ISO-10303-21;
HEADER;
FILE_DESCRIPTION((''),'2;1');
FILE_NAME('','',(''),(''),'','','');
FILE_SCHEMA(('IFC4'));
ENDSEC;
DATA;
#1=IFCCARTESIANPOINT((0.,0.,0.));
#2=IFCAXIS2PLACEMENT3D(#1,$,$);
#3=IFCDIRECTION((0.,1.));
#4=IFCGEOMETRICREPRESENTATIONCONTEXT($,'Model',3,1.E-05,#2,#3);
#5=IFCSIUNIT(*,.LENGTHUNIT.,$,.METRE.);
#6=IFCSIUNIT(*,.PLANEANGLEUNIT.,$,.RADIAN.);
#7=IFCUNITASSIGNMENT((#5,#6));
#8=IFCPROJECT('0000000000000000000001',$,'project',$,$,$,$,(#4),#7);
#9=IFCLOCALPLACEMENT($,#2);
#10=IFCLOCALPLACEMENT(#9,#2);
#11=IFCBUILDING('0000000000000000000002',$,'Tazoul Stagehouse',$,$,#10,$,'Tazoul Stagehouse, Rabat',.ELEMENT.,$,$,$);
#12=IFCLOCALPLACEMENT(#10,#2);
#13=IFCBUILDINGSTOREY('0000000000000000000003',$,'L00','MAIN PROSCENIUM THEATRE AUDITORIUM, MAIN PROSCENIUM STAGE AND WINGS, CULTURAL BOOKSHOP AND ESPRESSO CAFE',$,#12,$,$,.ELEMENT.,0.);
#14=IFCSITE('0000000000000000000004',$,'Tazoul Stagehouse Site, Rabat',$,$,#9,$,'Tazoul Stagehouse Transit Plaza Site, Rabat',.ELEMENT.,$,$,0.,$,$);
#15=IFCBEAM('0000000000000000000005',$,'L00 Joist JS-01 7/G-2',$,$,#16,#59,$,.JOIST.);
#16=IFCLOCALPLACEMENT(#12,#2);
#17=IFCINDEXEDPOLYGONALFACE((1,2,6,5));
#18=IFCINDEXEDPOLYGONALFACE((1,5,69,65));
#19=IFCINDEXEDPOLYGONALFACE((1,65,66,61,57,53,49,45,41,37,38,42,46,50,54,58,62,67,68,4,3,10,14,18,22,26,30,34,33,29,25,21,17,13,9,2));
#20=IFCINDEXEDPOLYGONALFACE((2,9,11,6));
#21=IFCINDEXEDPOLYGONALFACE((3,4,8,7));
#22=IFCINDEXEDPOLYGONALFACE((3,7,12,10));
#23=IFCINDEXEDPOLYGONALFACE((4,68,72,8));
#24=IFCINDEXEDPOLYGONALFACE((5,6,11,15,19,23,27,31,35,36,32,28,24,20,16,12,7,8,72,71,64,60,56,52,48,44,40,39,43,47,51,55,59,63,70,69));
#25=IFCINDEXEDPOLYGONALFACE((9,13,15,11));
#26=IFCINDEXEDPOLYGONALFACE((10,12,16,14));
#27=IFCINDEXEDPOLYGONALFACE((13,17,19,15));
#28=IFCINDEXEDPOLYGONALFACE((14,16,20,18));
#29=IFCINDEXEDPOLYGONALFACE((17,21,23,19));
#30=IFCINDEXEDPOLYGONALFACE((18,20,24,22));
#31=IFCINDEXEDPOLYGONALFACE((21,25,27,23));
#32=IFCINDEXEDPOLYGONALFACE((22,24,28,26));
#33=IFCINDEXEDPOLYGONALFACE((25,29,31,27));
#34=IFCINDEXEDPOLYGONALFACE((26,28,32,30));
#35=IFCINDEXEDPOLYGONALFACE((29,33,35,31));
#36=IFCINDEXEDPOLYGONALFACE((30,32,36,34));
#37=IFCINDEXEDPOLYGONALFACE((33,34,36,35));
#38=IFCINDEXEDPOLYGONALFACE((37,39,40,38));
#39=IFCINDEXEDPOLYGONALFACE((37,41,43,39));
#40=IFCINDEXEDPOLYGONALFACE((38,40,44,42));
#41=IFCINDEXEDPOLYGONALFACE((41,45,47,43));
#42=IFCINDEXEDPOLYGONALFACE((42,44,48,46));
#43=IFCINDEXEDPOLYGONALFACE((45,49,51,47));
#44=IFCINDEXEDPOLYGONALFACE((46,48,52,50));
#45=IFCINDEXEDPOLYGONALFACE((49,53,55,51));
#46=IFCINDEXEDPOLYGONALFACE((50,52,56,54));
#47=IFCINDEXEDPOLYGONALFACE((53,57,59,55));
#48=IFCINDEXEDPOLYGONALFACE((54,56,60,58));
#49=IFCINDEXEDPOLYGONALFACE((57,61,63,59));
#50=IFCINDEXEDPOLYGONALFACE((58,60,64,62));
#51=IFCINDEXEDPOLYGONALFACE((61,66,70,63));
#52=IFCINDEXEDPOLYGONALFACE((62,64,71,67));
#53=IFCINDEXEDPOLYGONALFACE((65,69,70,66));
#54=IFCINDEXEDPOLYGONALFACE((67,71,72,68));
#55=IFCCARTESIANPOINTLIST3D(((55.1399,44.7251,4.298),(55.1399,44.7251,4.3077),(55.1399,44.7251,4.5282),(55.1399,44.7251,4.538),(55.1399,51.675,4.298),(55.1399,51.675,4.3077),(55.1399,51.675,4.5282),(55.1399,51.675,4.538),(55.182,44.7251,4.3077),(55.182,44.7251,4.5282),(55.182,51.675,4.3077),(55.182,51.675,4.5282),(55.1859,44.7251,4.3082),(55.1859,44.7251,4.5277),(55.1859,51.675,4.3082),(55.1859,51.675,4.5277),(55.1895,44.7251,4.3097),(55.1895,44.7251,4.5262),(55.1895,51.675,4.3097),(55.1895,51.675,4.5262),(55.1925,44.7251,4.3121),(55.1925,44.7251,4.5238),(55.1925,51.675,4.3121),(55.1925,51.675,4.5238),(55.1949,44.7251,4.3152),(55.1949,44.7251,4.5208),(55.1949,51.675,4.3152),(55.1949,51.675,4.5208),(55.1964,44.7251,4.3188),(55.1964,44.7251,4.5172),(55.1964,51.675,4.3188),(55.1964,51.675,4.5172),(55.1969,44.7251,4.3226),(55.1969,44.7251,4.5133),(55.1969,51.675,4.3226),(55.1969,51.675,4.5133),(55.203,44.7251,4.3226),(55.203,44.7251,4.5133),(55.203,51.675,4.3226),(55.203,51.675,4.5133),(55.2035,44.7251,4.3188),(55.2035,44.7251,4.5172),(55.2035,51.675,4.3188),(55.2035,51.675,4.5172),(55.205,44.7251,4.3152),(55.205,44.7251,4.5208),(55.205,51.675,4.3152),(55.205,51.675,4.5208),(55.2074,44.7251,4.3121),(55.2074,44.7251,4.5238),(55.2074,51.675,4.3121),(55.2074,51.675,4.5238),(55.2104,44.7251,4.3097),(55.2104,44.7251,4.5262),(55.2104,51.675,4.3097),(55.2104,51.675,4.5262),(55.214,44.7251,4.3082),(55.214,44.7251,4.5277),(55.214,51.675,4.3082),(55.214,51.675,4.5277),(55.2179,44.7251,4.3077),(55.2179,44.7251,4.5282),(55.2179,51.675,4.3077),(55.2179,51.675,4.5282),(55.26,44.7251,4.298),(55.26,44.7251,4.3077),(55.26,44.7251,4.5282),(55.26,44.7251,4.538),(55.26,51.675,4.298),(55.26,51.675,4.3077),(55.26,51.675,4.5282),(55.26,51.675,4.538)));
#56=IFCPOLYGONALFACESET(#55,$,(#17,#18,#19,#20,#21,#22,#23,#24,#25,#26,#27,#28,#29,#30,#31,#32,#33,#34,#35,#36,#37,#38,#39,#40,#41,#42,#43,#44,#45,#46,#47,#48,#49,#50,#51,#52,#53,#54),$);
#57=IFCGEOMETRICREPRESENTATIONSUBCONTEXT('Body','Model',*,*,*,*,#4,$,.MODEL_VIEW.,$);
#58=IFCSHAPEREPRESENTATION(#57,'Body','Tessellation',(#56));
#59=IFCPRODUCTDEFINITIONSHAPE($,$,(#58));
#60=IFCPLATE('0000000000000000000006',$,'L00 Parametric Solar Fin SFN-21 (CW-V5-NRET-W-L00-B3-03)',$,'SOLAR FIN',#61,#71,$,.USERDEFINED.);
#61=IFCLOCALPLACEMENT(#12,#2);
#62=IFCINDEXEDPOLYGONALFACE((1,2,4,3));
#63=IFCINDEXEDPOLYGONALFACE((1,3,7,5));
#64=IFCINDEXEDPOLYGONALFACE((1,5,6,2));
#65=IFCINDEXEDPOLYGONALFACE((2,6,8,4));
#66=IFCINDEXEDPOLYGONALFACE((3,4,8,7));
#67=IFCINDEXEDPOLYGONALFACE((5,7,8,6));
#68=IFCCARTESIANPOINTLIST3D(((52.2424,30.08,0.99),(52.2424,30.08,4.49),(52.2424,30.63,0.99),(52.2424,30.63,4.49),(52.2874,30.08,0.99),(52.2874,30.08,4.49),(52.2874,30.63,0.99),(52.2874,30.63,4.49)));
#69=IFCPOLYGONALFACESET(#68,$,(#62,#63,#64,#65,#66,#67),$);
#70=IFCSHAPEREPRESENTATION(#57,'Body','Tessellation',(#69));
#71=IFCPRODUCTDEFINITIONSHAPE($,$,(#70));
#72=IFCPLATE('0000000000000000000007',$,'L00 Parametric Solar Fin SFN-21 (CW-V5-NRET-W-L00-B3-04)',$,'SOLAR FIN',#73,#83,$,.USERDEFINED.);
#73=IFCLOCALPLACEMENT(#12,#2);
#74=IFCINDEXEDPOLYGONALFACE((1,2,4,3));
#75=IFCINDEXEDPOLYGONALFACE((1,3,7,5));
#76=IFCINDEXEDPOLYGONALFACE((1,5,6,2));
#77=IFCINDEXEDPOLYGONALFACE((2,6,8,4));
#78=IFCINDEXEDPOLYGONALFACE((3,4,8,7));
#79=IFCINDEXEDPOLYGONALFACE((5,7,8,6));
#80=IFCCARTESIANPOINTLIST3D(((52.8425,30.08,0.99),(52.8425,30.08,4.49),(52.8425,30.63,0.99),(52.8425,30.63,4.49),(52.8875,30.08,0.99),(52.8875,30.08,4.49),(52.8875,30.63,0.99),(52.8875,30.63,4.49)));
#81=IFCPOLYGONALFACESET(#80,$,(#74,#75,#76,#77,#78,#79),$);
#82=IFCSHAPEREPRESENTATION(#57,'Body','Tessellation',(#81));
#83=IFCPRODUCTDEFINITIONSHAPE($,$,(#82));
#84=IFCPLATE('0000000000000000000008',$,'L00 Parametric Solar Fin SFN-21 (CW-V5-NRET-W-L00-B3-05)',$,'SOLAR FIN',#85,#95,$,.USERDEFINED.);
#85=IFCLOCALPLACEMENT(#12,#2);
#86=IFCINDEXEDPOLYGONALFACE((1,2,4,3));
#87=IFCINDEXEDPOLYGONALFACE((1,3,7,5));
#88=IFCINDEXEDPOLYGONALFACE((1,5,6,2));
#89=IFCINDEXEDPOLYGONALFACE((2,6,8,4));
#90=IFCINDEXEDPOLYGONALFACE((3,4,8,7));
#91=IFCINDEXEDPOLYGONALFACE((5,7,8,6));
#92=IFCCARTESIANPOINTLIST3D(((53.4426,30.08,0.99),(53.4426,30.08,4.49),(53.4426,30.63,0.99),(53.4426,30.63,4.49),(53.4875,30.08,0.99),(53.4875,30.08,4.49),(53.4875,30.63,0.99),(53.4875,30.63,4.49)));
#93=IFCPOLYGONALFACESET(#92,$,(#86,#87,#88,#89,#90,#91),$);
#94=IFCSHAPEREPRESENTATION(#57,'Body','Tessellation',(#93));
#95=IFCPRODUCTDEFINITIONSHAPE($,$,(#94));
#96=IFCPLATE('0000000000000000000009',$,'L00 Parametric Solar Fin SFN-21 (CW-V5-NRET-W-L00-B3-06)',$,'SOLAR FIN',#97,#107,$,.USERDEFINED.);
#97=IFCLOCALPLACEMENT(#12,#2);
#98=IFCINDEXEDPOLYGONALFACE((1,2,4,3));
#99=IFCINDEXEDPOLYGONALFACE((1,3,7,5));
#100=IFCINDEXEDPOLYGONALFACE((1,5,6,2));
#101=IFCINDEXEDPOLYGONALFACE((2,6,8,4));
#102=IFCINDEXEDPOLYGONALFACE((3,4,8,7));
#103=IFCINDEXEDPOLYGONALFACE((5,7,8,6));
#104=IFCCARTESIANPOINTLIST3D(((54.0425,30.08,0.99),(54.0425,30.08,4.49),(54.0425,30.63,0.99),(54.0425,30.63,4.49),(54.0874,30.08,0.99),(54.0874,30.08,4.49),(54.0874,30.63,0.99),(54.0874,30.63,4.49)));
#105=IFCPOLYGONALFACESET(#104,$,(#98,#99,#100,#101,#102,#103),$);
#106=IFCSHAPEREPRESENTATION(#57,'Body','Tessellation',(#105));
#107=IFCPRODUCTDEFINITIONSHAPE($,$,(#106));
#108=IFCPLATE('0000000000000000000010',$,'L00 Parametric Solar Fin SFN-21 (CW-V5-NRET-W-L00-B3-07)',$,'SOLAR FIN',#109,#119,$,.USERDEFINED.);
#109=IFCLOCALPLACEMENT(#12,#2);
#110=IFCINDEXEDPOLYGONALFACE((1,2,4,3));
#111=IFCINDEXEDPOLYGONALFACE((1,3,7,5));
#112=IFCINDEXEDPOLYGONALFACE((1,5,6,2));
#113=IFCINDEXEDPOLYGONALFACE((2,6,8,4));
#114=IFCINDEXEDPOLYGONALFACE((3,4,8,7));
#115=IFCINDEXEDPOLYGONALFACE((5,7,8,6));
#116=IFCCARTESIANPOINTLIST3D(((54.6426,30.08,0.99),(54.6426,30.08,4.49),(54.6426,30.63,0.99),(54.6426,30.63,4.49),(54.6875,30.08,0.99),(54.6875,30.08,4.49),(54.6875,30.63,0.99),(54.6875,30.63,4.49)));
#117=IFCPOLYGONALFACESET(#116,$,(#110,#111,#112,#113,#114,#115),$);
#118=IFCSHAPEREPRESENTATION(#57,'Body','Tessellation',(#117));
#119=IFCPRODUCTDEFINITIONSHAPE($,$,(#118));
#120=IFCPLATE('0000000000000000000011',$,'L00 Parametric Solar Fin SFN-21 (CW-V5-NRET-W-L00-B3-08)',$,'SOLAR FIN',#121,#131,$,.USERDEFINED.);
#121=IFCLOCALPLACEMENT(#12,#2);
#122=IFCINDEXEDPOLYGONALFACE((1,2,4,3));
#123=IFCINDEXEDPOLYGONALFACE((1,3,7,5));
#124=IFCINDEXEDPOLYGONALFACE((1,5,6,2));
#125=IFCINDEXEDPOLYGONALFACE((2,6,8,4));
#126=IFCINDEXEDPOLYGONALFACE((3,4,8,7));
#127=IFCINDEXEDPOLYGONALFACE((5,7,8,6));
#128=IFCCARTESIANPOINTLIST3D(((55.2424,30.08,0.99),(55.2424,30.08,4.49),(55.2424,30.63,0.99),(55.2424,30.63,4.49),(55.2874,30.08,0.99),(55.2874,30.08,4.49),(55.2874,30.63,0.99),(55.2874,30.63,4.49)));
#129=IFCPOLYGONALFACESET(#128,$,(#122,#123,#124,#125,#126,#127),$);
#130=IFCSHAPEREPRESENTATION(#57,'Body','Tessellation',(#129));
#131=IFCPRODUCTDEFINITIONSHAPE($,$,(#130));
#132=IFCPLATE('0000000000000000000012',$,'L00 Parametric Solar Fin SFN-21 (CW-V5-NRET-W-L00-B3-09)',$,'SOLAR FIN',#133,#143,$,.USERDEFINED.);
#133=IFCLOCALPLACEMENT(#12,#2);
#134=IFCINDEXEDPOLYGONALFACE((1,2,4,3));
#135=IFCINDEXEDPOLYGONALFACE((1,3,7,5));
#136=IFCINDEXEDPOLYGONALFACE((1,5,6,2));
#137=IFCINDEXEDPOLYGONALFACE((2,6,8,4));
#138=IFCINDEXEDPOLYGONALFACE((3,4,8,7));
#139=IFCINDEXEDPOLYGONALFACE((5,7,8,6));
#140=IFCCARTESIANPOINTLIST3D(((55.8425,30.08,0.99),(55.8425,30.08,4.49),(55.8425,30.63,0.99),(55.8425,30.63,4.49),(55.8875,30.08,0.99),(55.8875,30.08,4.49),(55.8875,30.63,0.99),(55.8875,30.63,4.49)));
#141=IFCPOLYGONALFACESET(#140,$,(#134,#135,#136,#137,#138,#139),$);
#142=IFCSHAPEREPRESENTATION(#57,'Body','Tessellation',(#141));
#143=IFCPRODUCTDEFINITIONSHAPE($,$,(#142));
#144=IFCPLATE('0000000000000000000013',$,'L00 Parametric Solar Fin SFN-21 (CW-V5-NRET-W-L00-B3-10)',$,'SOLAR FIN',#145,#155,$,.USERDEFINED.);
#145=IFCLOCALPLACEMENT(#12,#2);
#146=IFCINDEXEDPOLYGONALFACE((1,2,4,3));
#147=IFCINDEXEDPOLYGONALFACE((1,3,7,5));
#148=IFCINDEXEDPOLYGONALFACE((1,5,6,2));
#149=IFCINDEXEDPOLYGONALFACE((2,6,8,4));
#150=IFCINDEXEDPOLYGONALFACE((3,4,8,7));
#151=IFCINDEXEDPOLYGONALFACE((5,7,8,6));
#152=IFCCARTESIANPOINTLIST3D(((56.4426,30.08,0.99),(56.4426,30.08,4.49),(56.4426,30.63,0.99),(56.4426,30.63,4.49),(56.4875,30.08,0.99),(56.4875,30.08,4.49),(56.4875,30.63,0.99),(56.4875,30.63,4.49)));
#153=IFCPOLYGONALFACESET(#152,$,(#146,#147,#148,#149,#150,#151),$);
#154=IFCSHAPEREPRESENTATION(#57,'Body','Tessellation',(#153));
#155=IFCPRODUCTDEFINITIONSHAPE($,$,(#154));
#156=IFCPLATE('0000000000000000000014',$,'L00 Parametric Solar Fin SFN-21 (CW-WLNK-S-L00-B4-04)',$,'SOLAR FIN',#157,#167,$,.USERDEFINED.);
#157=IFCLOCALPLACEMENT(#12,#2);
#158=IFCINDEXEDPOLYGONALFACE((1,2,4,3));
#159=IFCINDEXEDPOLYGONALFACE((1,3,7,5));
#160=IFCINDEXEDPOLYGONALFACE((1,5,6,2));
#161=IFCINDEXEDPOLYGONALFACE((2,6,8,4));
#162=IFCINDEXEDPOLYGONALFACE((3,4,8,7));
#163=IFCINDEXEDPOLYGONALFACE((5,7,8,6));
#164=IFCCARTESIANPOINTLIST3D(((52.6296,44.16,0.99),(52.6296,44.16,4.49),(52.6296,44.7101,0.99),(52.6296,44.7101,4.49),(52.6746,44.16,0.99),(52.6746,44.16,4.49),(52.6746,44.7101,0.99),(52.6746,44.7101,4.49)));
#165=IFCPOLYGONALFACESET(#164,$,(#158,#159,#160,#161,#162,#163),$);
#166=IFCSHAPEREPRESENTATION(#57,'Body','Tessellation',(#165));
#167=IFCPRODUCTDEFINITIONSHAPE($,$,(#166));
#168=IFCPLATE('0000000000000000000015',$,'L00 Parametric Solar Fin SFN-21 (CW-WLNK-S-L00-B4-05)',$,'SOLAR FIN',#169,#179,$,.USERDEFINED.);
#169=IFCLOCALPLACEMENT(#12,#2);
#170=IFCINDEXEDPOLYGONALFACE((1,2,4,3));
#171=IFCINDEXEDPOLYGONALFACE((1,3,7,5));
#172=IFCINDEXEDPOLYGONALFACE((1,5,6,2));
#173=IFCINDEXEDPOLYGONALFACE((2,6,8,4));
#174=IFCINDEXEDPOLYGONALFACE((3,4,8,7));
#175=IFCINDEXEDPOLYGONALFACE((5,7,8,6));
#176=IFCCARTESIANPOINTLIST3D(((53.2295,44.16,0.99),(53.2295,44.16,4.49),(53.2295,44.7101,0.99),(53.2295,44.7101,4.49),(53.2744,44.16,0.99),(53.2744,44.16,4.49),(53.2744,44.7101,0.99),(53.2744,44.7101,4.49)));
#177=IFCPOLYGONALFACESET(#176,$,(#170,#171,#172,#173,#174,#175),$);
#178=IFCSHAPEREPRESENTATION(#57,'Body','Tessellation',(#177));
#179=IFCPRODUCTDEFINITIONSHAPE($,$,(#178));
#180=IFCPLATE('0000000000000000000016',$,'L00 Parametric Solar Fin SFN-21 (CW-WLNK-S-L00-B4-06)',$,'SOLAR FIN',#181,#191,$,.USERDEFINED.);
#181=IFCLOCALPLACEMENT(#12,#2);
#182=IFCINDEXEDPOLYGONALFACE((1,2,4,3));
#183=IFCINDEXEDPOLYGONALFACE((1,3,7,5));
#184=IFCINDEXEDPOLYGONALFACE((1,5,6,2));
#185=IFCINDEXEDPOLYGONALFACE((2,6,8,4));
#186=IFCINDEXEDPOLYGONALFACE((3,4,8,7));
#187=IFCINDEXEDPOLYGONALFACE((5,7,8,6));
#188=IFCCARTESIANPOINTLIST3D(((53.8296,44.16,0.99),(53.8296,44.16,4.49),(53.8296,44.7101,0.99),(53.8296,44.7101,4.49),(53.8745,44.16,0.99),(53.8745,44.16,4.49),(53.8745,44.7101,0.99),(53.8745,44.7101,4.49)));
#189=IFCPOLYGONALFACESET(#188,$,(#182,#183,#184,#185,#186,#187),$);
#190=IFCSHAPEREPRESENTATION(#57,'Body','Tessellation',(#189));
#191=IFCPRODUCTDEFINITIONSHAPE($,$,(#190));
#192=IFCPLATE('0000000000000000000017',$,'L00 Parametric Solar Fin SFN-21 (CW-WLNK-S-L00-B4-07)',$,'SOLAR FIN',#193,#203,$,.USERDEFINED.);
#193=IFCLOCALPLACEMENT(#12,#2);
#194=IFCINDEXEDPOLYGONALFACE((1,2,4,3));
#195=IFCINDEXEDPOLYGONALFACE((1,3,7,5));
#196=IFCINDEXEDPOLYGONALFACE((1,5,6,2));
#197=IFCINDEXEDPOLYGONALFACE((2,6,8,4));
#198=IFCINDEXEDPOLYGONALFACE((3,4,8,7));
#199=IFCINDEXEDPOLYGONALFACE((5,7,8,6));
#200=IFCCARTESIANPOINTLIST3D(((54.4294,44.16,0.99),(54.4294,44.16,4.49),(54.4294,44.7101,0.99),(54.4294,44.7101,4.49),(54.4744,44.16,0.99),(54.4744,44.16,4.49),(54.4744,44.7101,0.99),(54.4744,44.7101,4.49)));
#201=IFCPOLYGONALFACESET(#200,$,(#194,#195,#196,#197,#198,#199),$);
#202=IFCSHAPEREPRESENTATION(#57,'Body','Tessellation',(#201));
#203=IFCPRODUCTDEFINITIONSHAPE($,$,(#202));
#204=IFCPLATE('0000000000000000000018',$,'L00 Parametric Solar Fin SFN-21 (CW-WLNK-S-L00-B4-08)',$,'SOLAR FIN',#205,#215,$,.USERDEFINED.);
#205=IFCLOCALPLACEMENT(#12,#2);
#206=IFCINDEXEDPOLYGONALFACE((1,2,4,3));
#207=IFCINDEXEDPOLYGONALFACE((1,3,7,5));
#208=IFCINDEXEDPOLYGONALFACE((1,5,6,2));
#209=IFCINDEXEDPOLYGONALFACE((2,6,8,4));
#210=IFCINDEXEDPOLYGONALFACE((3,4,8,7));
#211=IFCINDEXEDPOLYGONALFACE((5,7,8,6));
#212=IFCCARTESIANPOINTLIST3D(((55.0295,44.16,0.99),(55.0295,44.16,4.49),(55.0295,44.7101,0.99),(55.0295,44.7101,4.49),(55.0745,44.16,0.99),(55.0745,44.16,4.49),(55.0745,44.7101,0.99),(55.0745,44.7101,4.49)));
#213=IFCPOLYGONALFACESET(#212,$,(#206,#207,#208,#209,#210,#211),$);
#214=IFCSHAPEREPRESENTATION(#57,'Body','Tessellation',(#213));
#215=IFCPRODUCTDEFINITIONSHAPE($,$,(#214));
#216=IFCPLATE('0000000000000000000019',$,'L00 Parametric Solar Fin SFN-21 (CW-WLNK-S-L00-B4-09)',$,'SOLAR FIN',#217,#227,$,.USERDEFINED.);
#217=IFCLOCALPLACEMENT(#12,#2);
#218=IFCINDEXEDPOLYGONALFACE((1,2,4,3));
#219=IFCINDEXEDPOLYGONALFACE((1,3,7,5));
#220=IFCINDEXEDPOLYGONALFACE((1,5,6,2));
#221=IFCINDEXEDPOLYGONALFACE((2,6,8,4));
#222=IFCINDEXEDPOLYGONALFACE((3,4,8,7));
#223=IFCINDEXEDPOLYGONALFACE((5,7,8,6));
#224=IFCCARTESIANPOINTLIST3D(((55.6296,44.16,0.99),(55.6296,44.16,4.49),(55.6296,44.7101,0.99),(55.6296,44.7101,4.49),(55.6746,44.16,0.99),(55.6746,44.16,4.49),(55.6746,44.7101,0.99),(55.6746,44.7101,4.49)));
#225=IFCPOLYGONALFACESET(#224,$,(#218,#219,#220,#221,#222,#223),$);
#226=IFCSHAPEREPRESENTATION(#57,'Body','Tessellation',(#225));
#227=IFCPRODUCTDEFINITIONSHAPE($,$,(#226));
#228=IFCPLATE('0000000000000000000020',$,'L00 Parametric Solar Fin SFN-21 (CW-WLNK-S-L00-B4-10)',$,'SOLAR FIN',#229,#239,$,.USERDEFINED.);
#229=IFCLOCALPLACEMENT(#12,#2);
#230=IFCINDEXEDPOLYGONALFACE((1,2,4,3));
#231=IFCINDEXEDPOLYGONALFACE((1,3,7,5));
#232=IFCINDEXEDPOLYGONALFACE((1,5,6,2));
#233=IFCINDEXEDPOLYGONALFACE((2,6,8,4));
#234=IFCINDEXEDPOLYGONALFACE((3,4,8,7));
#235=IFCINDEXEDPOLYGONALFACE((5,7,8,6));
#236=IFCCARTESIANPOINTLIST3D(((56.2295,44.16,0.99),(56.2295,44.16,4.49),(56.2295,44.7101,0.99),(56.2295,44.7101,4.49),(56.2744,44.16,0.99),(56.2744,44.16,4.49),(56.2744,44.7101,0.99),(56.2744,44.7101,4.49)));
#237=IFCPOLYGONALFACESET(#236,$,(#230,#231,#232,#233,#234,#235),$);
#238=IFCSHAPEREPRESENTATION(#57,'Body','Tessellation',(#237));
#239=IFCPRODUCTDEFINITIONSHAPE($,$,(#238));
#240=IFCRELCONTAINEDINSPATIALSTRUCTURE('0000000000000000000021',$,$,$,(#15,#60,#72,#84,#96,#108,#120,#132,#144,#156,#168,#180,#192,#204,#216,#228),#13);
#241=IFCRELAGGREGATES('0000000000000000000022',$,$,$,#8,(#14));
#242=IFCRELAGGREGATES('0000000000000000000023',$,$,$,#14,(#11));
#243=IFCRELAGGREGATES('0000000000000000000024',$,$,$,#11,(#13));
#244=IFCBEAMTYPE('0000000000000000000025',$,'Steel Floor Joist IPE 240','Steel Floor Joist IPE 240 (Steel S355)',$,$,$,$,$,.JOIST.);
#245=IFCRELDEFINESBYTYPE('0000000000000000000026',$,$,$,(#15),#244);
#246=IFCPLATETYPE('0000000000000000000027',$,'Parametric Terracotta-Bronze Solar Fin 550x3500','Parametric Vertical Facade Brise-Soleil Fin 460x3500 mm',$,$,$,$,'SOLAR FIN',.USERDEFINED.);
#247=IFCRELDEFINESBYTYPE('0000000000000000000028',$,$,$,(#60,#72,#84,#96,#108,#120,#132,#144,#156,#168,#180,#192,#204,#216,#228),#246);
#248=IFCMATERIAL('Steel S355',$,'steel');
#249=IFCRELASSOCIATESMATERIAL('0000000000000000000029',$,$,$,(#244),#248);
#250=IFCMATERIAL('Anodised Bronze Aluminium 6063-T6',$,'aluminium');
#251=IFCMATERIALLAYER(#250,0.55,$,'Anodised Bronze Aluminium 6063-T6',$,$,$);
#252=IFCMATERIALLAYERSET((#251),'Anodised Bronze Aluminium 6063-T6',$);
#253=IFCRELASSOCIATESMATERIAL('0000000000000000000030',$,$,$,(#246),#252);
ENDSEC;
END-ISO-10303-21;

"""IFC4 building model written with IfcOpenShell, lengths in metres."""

from ifc_helpers import new_model, si_unit, direction, frame, origin, origin_2d, place, context, subcontext, project, spatial, rectangle, i_section, extrude, material, layer, layer_set, material_profile, profile_set, type_object, element, save


model = new_model("IFC4")

# Units and contexts
model_context = context("Model", 3, precision=1e-05, world=origin(), true_north=direction((0.0, 1.0)))
body_context = subcontext(model_context, "Body", "Model", "MODEL_VIEW")
ifc_project = project(units=[si_unit("LENGTHUNIT", "METRE"), si_unit("PLANEANGLEUNIT", "RADIAN")], contexts=[model_context])

# Site, building, storey
site_placement = place(None, origin())
site = spatial("IfcSite", under=ifc_project, at=site_placement, Name="Tazoul Stagehouse Site, Rabat", LongName="Tazoul Stagehouse Transit Plaza Site, Rabat", CompositionType="ELEMENT", RefElevation=0.0)
building_placement = place(site_placement, origin())
building = spatial("IfcBuilding", under=site, at=building_placement, Name="Tazoul Stagehouse", LongName="Tazoul Stagehouse, Rabat", CompositionType="ELEMENT")
storey_placement = place(building_placement, origin())
storey = spatial("IfcBuildingStorey", under=building, at=storey_placement, Name="L00", Description="MAIN PROSCENIUM THEATRE AUDITORIUM, MAIN PROSCENIUM STAGE AND WINGS, CULTURAL BOOKSHOP AND ESPRESSO CAFE", CompositionType="ELEMENT", Elevation=0.0)

# Shared definitions
ifc_material_1 = material(Name="Steel S355", Category="steel")

# Beam
ifc_material_profile_1 = material_profile(ifc_material_1, i_section(OverallWidth=0.1201, OverallDepth=0.24, WebThickness=0.0061, FlangeThickness=0.0098, FilletRadius=0.0149, at=origin_2d()), Name="IPE 240")
ifc_profile_set_1 = profile_set([ifc_material_profile_1], Name="Steel S355")
beam_type_1 = type_object("IfcBeamType", Name="Steel Floor Joist IPE 240", Description="Steel Floor Joist IPE 240 (Steel S355)", PredefinedType="JOIST", material=ifc_profile_set_1)
for number, where, z_axis, x_axis, name in (
    (1, (55.2, 44.7251, 4.418), (0.0, 1.0, 0.0), (-1.0, 0.0, 0.0), "L00 Joist JS-01 7/G-2"),
):
    element("IfcBeam", number, at=place(storey_placement, frame(where, z_axis=z_axis, x_axis=x_axis)), inside=storey, type_object=beam_type_1, Name=name, PredefinedType="JOIST", context=body_context, shape_type="SweptSolid", body=[
        extrude(i_section(OverallWidth=0.1201, OverallDepth=0.24, WebThickness=0.0061, FlangeThickness=0.0098, FilletRadius=0.0149, at=origin_2d()), origin(), (0.0, 0.0, 1.0), 6.95),
    ])

# Plates
ifc_material_2 = material(Name="Anodised Bronze Aluminium 6063-T6", Category="aluminium")
ifc_layer_1 = layer(ifc_material_2, 0.55, Name="Anodised Bronze Aluminium 6063-T6")
ifc_layer_set_1 = layer_set([ifc_layer_1], Name="Anodised Bronze Aluminium 6063-T6")
plate_type = type_object("IfcPlateType", Name="Parametric Terracotta-Bronze Solar Fin 550x3500", Description="Parametric Vertical Facade Brise-Soleil Fin 460x3500 mm", ElementType="SOLAR FIN", PredefinedType="USERDEFINED", material=ifc_layer_set_1)
for number, where, z_axis, x_axis, name in (
    (2, (52.2649, 30.355, 0.99), (0.0, 0.0, 1.0), (1.0, 0.0, 0.0), "L00 Parametric Solar Fin SFN-21 (CW-V5-NRET-W-L00-B3-03)"),
    (3, (52.865, 30.355, 0.99), (0.0, 0.0, 1.0), (1.0, 0.0, 0.0), "L00 Parametric Solar Fin SFN-21 (CW-V5-NRET-W-L00-B3-04)"),
    (4, (53.4651, 30.355, 0.99), (0.0, 0.0, 1.0), (1.0, 0.0, 0.0), "L00 Parametric Solar Fin SFN-21 (CW-V5-NRET-W-L00-B3-05)"),
    (5, (54.0649, 30.355, 0.99), (0.0, 0.0, 1.0), (1.0, 0.0, 0.0), "L00 Parametric Solar Fin SFN-21 (CW-V5-NRET-W-L00-B3-06)"),
    (6, (54.665, 30.355, 0.99), (0.0, 0.0, 1.0), (1.0, 0.0, 0.0), "L00 Parametric Solar Fin SFN-21 (CW-V5-NRET-W-L00-B3-07)"),
    (7, (55.2649, 30.355, 0.99), (0.0, 0.0, 1.0), (1.0, 0.0, 0.0), "L00 Parametric Solar Fin SFN-21 (CW-V5-NRET-W-L00-B3-08)"),
    (8, (55.865, 30.355, 0.99), (0.0, 0.0, 1.0), (1.0, 0.0, 0.0), "L00 Parametric Solar Fin SFN-21 (CW-V5-NRET-W-L00-B3-09)"),
    (9, (56.4651, 30.355, 0.99), (0.0, 0.0, 1.0), (1.0, 0.0, 0.0), "L00 Parametric Solar Fin SFN-21 (CW-V5-NRET-W-L00-B3-10)"),
    (10, (52.6521, 44.4351, 0.99), (0.0, 0.0, 1.0), (1.0, 0.0, 0.0), "L00 Parametric Solar Fin SFN-21 (CW-WLNK-S-L00-B4-04)"),
    (11, (53.252, 44.4351, 0.99), (0.0, 0.0, 1.0), (1.0, 0.0, 0.0), "L00 Parametric Solar Fin SFN-21 (CW-WLNK-S-L00-B4-05)"),
    (12, (53.8521, 44.4351, 0.99), (0.0, 0.0, 1.0), (1.0, 0.0, 0.0), "L00 Parametric Solar Fin SFN-21 (CW-WLNK-S-L00-B4-06)"),
    (13, (54.4519, 44.4351, 0.99), (0.0, 0.0, 1.0), (1.0, 0.0, 0.0), "L00 Parametric Solar Fin SFN-21 (CW-WLNK-S-L00-B4-07)"),
    (14, (55.052, 44.4351, 0.99), (0.0, 0.0, 1.0), (1.0, 0.0, 0.0), "L00 Parametric Solar Fin SFN-21 (CW-WLNK-S-L00-B4-08)"),
    (15, (55.6521, 44.4351, 0.99), (0.0, 0.0, 1.0), (1.0, 0.0, 0.0), "L00 Parametric Solar Fin SFN-21 (CW-WLNK-S-L00-B4-09)"),
    (16, (56.252, 44.4351, 0.99), (0.0, 0.0, 1.0), (1.0, 0.0, 0.0), "L00 Parametric Solar Fin SFN-21 (CW-WLNK-S-L00-B4-10)"),
):
    element("IfcPlate", number, at=place(storey_placement, frame(where, z_axis=z_axis, x_axis=x_axis)), inside=storey, type_object=plate_type, Name=name, ObjectType="SOLAR FIN", PredefinedType="USERDEFINED", context=body_context, shape_type="SweptSolid", body=[
        extrude(rectangle(XDim=0.0449, YDim=0.55, at=origin_2d()), origin(), (0.0, 0.0, 1.0), 3.5),
    ])

save(model, "model.ifc")
